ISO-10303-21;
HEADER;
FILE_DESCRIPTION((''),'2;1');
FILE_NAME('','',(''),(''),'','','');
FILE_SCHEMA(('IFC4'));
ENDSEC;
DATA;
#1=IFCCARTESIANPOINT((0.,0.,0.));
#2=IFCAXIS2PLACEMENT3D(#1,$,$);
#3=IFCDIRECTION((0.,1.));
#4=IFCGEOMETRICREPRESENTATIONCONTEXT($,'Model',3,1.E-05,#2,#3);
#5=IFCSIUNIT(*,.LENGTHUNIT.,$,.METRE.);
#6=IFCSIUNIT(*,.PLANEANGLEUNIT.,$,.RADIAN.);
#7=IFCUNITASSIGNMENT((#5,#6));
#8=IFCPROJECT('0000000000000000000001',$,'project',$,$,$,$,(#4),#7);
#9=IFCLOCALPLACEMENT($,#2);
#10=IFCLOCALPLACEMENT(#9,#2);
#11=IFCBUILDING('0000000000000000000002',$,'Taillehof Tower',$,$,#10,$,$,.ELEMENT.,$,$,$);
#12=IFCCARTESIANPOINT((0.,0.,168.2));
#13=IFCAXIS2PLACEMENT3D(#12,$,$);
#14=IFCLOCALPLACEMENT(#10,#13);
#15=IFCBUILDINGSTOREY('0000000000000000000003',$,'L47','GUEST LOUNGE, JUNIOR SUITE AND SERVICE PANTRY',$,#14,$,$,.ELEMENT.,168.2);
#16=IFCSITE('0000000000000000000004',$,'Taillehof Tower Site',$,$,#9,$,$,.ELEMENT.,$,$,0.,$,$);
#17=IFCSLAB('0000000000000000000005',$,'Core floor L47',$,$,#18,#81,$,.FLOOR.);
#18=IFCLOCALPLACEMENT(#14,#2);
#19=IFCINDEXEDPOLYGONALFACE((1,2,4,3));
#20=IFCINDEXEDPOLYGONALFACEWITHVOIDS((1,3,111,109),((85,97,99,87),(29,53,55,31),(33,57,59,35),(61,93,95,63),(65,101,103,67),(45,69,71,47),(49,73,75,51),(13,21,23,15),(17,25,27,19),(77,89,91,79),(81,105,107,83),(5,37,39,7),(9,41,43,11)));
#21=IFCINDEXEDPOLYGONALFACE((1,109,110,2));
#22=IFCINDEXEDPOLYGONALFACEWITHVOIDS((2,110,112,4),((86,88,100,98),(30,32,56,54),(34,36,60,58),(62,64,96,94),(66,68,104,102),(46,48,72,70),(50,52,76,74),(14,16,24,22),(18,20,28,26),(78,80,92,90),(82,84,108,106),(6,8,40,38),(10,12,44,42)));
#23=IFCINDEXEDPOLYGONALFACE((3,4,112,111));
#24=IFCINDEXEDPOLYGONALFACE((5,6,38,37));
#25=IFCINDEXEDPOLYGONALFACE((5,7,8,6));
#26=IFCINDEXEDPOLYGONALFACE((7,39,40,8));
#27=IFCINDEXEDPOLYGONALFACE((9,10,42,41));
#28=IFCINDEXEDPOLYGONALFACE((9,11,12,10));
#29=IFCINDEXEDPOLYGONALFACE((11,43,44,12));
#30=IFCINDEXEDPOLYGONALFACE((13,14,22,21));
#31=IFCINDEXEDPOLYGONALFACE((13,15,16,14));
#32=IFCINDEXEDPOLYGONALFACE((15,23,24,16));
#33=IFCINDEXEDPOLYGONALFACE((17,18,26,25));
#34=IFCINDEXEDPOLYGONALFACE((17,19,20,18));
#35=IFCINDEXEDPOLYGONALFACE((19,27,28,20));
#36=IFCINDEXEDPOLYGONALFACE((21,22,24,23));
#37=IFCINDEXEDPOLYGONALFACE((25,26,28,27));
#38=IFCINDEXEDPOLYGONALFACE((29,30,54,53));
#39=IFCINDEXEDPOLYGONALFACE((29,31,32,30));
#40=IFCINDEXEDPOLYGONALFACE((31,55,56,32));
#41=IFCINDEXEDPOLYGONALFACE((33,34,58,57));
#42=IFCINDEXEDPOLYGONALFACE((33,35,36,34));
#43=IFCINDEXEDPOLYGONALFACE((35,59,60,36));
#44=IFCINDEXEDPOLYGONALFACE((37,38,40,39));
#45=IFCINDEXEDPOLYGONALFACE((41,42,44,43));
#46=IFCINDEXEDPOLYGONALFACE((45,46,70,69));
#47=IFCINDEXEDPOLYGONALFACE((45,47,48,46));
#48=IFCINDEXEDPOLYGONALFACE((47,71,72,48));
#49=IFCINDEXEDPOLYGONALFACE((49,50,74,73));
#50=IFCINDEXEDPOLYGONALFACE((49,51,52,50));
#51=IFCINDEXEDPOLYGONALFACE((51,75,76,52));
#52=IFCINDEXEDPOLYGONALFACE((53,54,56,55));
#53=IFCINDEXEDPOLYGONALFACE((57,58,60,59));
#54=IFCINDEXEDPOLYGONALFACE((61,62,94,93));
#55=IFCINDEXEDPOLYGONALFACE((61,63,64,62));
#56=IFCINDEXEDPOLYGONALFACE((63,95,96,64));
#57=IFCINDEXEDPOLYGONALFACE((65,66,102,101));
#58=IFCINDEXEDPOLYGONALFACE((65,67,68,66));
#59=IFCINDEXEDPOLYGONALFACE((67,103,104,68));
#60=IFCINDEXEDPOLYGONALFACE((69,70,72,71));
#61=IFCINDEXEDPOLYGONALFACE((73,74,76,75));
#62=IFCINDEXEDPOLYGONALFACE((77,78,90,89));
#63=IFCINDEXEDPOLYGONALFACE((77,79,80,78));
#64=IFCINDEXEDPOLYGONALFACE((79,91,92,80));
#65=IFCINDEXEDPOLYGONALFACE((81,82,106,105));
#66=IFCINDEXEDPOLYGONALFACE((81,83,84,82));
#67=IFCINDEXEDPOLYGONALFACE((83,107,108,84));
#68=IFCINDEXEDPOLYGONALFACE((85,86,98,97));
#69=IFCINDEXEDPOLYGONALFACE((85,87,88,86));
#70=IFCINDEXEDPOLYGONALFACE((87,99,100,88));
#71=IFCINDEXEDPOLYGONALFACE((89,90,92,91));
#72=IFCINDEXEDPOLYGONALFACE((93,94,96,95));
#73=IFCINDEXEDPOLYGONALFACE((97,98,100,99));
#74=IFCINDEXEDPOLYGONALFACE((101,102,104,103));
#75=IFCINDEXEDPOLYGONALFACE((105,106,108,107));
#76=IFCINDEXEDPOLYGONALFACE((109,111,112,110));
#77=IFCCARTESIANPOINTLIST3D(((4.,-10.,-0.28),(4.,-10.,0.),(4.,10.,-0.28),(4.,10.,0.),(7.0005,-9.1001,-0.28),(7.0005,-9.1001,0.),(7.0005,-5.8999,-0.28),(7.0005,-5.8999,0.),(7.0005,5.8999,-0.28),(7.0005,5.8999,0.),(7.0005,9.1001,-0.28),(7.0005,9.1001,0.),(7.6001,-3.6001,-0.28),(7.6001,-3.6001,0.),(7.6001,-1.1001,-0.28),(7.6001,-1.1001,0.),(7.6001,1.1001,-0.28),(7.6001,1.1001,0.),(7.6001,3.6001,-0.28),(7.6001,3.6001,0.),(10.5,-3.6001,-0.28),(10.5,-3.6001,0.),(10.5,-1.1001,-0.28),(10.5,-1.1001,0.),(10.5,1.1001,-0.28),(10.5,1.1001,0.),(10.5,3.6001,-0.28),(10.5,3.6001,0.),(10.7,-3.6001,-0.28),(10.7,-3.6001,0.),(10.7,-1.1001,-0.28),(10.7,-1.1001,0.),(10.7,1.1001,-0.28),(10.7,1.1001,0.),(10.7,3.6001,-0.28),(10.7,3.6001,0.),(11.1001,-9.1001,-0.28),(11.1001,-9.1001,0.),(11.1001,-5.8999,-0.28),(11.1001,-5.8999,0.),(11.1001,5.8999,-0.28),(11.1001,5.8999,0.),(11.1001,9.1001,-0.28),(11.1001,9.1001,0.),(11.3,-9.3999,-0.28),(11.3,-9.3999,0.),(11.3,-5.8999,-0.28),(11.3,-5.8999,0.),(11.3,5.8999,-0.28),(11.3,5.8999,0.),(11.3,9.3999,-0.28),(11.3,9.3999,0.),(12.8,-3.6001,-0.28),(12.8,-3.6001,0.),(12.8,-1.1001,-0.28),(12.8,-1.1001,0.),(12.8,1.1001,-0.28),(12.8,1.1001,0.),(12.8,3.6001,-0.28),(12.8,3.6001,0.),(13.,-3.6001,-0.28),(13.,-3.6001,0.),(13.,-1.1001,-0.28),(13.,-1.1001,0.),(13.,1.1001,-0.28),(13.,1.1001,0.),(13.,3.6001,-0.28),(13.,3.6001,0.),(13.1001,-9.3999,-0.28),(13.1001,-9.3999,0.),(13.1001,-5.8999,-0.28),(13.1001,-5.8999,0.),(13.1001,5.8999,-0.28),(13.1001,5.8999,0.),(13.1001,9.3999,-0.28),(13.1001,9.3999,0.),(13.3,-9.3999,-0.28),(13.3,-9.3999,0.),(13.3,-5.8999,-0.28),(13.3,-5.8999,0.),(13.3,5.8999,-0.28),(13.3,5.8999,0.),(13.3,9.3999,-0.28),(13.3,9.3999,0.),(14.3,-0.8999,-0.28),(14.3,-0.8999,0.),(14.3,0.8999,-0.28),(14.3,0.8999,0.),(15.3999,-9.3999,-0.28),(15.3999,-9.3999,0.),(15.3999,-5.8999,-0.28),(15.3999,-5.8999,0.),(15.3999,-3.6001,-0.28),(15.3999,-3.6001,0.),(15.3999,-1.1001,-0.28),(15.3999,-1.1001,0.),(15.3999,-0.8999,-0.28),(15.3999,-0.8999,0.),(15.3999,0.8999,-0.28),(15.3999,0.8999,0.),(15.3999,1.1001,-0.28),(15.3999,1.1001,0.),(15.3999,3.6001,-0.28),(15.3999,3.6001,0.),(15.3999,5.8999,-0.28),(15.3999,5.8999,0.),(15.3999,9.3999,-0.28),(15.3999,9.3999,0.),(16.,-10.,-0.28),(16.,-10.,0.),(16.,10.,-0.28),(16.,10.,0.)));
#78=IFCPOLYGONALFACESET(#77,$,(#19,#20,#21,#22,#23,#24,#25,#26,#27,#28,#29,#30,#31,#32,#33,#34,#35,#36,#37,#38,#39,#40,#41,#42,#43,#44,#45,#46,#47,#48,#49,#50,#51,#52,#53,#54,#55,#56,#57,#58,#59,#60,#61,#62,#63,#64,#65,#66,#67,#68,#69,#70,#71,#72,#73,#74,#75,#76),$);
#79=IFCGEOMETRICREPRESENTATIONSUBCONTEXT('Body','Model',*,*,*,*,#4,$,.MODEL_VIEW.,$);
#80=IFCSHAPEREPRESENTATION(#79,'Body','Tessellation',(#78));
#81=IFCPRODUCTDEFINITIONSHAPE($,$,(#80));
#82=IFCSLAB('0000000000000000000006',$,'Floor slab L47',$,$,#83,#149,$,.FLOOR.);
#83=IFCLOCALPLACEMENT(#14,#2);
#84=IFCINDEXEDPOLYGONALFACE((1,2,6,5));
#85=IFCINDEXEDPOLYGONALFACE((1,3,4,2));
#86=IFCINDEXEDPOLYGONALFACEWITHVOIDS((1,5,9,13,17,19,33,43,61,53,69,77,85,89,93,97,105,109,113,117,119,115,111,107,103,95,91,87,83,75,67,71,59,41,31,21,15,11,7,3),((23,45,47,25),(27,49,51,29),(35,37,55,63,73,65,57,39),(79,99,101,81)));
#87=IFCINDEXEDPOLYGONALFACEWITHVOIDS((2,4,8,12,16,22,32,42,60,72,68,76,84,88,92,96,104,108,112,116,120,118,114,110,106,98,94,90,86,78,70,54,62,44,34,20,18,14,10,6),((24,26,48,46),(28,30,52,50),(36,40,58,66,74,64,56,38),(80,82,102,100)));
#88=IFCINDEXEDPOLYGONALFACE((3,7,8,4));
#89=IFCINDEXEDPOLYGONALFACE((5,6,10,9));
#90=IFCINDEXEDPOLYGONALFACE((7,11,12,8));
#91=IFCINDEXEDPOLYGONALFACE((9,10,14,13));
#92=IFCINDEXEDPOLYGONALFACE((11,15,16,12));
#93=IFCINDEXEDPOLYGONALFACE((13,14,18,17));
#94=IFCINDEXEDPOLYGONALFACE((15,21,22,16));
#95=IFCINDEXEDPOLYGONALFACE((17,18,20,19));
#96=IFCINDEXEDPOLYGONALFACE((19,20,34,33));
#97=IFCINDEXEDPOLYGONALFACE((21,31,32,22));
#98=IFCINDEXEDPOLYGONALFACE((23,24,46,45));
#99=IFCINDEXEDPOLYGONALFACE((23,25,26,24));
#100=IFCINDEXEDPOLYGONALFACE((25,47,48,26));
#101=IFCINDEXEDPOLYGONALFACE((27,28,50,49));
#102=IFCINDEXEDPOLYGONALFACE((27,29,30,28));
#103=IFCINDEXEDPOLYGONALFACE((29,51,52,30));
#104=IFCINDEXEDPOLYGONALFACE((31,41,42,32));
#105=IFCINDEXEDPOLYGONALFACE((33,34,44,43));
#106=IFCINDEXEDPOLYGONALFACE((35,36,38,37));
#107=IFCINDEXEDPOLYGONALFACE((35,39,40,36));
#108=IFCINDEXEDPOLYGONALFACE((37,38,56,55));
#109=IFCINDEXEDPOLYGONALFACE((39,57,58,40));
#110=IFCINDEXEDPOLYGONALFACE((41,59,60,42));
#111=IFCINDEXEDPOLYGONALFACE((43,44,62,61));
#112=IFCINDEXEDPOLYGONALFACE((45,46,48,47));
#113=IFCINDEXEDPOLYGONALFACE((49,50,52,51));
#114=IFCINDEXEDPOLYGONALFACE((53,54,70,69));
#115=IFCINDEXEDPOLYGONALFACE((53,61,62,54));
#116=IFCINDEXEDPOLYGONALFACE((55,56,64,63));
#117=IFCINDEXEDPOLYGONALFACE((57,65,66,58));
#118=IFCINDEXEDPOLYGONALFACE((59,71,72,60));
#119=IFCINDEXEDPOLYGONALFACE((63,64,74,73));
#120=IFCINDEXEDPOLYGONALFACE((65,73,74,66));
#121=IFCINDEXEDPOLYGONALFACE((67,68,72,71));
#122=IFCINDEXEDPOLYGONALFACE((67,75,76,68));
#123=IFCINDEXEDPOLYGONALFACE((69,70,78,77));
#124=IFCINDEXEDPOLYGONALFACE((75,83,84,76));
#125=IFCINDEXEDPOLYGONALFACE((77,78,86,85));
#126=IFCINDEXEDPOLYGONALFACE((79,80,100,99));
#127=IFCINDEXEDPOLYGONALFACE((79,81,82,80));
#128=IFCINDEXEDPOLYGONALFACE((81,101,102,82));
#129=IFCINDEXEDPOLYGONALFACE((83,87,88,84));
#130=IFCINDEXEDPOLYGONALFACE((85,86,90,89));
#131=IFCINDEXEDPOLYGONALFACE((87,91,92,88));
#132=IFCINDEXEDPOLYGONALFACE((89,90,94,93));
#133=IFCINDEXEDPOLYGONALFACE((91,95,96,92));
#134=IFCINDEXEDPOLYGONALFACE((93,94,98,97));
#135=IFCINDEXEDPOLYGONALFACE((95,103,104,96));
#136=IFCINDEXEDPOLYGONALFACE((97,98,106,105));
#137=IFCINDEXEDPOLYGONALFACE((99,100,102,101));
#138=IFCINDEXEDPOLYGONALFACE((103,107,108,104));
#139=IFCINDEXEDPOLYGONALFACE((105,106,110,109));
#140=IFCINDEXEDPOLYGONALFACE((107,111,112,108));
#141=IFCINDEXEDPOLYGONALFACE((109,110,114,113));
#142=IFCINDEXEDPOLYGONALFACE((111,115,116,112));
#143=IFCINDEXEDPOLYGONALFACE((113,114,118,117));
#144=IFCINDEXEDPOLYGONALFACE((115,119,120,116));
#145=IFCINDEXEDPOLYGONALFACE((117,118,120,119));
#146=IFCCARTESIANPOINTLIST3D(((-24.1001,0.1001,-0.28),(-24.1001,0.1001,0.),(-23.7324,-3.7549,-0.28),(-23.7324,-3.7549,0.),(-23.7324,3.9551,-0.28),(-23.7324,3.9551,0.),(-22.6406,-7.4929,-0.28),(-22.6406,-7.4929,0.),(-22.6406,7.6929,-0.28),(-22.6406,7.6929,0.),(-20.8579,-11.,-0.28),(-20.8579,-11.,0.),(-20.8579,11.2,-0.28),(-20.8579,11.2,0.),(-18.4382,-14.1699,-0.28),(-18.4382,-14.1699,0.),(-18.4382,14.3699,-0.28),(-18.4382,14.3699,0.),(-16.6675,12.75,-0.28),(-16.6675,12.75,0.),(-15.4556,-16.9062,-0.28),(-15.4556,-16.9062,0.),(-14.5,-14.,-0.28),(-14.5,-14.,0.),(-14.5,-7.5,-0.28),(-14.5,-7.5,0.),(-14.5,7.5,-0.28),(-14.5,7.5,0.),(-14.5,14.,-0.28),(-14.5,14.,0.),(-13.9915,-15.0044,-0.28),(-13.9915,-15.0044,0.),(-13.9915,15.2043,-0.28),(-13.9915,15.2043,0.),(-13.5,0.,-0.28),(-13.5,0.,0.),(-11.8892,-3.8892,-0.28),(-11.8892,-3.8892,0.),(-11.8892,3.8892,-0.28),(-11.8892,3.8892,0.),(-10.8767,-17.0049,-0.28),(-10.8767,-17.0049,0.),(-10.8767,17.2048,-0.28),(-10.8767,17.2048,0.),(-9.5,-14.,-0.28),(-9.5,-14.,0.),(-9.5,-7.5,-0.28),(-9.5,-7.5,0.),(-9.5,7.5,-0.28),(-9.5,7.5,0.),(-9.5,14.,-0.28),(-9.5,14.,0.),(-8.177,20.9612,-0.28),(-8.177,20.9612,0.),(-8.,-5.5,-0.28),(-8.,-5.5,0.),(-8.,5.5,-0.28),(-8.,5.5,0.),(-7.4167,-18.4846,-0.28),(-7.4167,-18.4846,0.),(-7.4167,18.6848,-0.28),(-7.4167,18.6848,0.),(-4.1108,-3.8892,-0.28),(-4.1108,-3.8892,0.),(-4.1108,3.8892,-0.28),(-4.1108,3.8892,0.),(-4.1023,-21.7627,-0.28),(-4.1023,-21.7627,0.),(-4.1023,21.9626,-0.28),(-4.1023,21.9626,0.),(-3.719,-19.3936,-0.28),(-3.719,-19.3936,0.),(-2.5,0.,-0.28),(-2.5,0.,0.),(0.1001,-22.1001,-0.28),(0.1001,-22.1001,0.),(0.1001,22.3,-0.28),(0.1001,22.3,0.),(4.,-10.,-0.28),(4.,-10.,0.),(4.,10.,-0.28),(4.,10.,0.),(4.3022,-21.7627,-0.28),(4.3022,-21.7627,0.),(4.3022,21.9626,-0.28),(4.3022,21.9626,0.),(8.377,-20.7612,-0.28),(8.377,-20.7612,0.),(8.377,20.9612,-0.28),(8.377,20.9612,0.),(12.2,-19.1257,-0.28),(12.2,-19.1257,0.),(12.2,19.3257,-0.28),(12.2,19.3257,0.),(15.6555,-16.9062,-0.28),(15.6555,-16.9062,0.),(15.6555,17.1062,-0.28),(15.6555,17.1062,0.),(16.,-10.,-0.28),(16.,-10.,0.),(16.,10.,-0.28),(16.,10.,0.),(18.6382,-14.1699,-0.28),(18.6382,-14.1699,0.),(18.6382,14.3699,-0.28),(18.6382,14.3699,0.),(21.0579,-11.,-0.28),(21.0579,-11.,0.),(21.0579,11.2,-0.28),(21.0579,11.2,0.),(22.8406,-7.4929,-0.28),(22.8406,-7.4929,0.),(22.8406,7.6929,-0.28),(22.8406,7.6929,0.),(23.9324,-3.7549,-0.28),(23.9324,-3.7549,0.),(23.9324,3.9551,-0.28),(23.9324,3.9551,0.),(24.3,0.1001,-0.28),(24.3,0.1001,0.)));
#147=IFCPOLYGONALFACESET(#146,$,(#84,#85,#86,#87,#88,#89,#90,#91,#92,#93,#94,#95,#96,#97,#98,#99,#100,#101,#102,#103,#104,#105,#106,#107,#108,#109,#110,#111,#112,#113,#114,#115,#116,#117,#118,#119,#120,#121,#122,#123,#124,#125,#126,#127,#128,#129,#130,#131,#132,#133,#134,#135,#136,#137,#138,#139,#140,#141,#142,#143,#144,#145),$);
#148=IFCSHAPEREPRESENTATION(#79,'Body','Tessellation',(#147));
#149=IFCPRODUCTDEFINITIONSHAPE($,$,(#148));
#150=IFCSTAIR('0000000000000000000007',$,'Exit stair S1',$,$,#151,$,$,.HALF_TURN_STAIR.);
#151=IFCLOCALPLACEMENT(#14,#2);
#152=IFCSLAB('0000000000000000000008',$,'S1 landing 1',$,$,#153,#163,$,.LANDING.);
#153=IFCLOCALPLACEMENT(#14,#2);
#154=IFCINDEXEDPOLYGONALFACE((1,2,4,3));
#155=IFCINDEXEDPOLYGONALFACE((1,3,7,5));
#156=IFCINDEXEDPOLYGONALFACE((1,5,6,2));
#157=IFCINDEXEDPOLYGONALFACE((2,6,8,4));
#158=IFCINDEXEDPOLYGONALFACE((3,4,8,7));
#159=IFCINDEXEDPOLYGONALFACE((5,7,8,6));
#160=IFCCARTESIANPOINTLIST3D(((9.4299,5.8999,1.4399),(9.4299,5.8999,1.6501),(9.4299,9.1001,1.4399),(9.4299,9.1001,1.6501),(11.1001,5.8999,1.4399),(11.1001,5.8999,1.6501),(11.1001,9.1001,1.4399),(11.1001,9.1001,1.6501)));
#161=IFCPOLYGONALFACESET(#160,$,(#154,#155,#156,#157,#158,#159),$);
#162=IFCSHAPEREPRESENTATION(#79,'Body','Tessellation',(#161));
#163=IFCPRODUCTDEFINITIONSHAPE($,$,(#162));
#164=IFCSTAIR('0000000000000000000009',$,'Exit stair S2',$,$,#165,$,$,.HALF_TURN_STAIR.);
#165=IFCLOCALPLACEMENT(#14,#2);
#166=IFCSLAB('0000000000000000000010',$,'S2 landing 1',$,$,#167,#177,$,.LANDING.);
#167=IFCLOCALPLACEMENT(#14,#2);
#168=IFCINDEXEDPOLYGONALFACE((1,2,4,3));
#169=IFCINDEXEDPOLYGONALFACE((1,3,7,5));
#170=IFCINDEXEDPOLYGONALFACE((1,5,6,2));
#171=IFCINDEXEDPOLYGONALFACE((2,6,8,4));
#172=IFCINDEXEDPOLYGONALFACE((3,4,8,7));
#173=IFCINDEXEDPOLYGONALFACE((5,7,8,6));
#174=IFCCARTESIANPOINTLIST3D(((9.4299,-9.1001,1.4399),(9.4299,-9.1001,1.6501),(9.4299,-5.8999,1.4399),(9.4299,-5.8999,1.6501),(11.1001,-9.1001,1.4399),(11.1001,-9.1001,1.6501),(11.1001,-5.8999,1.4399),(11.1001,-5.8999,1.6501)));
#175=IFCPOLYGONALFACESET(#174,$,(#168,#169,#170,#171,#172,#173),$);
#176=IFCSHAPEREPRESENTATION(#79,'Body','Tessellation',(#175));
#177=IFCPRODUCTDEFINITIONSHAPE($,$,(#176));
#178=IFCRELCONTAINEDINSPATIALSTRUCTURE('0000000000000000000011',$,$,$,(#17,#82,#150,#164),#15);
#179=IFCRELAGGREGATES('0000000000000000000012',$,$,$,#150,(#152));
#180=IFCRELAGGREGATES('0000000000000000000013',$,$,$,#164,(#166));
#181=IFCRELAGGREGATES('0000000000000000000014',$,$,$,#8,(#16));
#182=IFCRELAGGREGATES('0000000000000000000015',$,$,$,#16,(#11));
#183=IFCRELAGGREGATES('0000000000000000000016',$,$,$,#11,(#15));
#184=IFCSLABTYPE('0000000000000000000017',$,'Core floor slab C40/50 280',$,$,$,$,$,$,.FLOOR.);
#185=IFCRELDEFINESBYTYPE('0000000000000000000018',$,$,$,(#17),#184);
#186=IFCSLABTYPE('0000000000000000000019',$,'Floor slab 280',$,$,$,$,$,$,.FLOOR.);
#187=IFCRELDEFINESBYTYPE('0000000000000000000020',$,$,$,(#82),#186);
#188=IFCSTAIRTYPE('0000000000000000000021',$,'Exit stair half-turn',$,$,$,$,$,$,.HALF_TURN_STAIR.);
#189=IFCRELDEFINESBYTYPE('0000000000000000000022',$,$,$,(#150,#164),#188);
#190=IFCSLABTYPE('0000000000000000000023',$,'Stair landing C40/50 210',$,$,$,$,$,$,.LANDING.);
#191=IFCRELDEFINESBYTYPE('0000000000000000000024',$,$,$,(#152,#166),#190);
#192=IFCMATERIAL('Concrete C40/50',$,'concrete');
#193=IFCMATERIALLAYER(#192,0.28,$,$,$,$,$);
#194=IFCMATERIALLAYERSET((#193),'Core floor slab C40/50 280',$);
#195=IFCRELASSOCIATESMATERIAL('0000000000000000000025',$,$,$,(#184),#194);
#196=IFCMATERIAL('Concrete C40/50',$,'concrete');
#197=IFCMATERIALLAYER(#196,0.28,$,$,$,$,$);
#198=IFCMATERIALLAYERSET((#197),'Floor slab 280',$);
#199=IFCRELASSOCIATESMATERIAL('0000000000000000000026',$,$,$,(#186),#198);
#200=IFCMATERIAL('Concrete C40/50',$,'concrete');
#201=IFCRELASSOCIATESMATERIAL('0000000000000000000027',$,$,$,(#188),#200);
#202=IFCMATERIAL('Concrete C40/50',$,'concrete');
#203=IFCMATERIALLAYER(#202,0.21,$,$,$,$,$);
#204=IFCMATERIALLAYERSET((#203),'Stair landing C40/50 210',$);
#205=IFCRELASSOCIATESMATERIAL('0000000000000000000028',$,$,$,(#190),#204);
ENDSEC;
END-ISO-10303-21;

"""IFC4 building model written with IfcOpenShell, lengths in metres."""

from ifc_helpers import new_model, si_unit, direction, frame, origin, place, context, subcontext, project, spatial, polyline, outline, extrude, material, layer, layer_set, type_object, element, aggregate, save


model = new_model("IFC4")

# Units and contexts
model_context = context("Model", 3, precision=1e-05, world=origin(), true_north=direction((0.0, 1.0)))
body_context = subcontext(model_context, "Body", "Model", "MODEL_VIEW")
ifc_project = project(units=[si_unit("LENGTHUNIT", "METRE"), si_unit("PLANEANGLEUNIT", "RADIAN")], contexts=[model_context])

# Site, building, storey
site_placement = place(None, origin())
site = spatial("IfcSite", under=ifc_project, at=site_placement, Name="Taillehof Tower Site", CompositionType="ELEMENT", RefElevation=0.0)
building_placement = place(site_placement, origin())
building = spatial("IfcBuilding", under=site, at=building_placement, Name="Taillehof Tower", CompositionType="ELEMENT")
storey_placement = place(building_placement, frame((0.0, 0.0, 168.2)))
storey = spatial("IfcBuildingStorey", under=building, at=storey_placement, Name="L47", Description="GUEST LOUNGE, JUNIOR SUITE AND SERVICE PANTRY", CompositionType="ELEMENT", Elevation=168.2)

# Slabs
ifc_material_1 = material(Name="Concrete C40/50", Category="concrete")
ifc_layer_1 = layer(ifc_material_1, 0.28)
ifc_layer_set_1 = layer_set([ifc_layer_1], Name="Core floor slab C40/50 280")
slab_type_1 = type_object("IfcSlabType", Name="Core floor slab C40/50 280", PredefinedType="FLOOR", material=ifc_layer_set_1)
slab_1_placement = place(storey_placement, frame((0.0, 0.0, -0.28)))
element("IfcSlab", 1, at=slab_1_placement, inside=storey, type_object=slab_type_1, Name="Core floor L47", PredefinedType="FLOOR", context=body_context, shape_type="SweptSolid", body=[
    extrude(outline(polyline([(4.0, -10.0), (4.0, 10.0), (16.0, 10.0), (16.0, -10.0), (4.0, -10.0)]), holes=[polyline([(11.1001, -9.1001), (11.1001, -5.8999), (7.0005, -5.8999), (7.0005, -9.1001), (11.1001, -9.1001)]), polyline([(10.5, -3.6001), (10.5, -1.1001), (7.6001, -1.1001), (7.6001, -3.6001), (10.5, -3.6001)]), polyline([(12.8, -3.6001), (12.8, -1.1001), (10.7, -1.1001), (10.7, -3.6001), (12.8, -3.6001)]), polyline([(10.5, 3.6001), (7.6001, 3.6001), (7.6001, 1.1001), (10.5, 1.1001), (10.5, 3.6001)]), polyline([(12.8, 1.1001), (12.8, 3.6001), (10.7, 3.6001), (10.7, 1.1001), (12.8, 1.1001)]), polyline([(11.1001, 5.8999), (11.1001, 9.1001), (7.0005, 9.1001), (7.0005, 5.8999), (11.1001, 5.8999)]), polyline([(13.1001, 9.3999), (11.3, 9.3999), (11.3, 5.8999), (13.1001, 5.8999), (13.1001, 9.3999)]), polyline([(13.1001, -9.3999), (13.1001, -5.8999), (11.3, -5.8999), (11.3, -9.3999), (13.1001, -9.3999)]), polyline([(15.3999, -9.3999), (15.3999, -5.8999), (13.3, -5.8999), (13.3, -9.3999), (15.3999, -9.3999)]), polyline([(15.3999, -3.6001), (15.3999, -1.1001), (13.0, -1.1001), (13.0, -3.6001), (15.3999, -3.6001)]), polyline([(15.3999, -0.8999), (15.3999, 0.8999), (14.3, 0.8999), (14.3, -0.8999), (15.3999, -0.8999)]), polyline([(15.3999, 1.1001), (15.3999, 3.6001), (13.0, 3.6001), (13.0, 1.1001), (15.3999, 1.1001)]), polyline([(15.3999, 5.8999), (15.3999, 9.3999), (13.3, 9.3999), (13.3, 5.8999), (15.3999, 5.8999)])]), origin(), (0.0, 0.0, 1.0), 0.28),
])
ifc_material_2 = material(Name="Concrete C40/50", Category="concrete")
ifc_layer_2 = layer(ifc_material_2, 0.28)
ifc_layer_set_2 = layer_set([ifc_layer_2], Name="Floor slab 280")
slab_type_2 = type_object("IfcSlabType", Name="Floor slab 280", PredefinedType="FLOOR", material=ifc_layer_set_2)
slab_2_placement = place(storey_placement, frame((0.0, 0.0, -0.28)))
element("IfcSlab", 2, at=slab_2_placement, inside=storey, type_object=slab_type_2, Name="Floor slab L47", PredefinedType="FLOOR", context=body_context, shape_type="SweptSolid", body=[
    extrude(outline(polyline([(24.3, 0.1001), (23.9324, 3.9551), (22.8406, 7.6929), (21.0579, 11.2), (18.6382, 14.3699), (15.6555, 17.1062), (12.2, 19.3257), (8.377, 20.9612), (4.3022, 21.9626), (0.1001, 22.3), (-4.1023, 21.9626), (-8.177, 20.9612), (-7.4167, 18.6848), (-10.8767, 17.2048), (-13.9915, 15.2043), (-16.6675, 12.75), (-18.4382, 14.3699), (-20.8579, 11.2), (-22.6406, 7.6929), (-23.7324, 3.9551), (-24.1001, 0.1001), (-23.7324, -3.7549), (-22.6406, -7.4929), (-20.8579, -11.0), (-18.4382, -14.1699), (-15.4556, -16.9062), (-13.9915, -15.0044), (-10.8767, -17.0049), (-7.4167, -18.4846), (-3.719, -19.3936), (-4.1023, -21.7627), (0.1001, -22.1001), (4.3022, -21.7627), (8.377, -20.7612), (12.2, -19.1257), (15.6555, -16.9062), (18.6382, -14.1699), (21.0579, -11.0), (22.8406, -7.4929), (23.9324, -3.7549), (24.3, 0.1001)]), holes=[polyline([(-14.5, -7.5), (-9.5, -7.5), (-9.5, -14.0), (-14.5, -14.0), (-14.5, -7.5)]), polyline([(-8.0, -5.5), (-11.8892, -3.8892), (-13.5, 0.0), (-11.8892, 3.8892), (-8.0, 5.5), (-4.1108, 3.8892), (-2.5, 0.0), (-4.1108, -3.8892), (-8.0, -5.5)]), polyline([(16.0, 10.0), (16.0, -10.0), (4.0, -10.0), (4.0, 10.0), (16.0, 10.0)]), polyline([(-14.5, 14.0), (-9.5, 14.0), (-9.5, 7.5), (-14.5, 7.5), (-14.5, 14.0)])]), origin(), (0.0, 0.0, 1.0), 0.28),
])

# Stairs, slabs
ifc_material_3 = material(Name="Concrete C40/50", Category="concrete")
stair_type = type_object("IfcStairType", Name="Exit stair half-turn", PredefinedType="HALF_TURN_STAIR", material=ifc_material_3)
stair_1_placement = place(storey_placement, origin())
stair_1 = element("IfcStair", 3, at=stair_1_placement, inside=storey, type_object=stair_type, Name="Exit stair S1", PredefinedType="HALF_TURN_STAIR")
ifc_material_4 = material(Name="Concrete C40/50", Category="concrete")
ifc_layer_3 = layer(ifc_material_4, 0.21)
ifc_layer_set_3 = layer_set([ifc_layer_3], Name="Stair landing C40/50 210")
slab_type_3 = type_object("IfcSlabType", Name="Stair landing C40/50 210", PredefinedType="LANDING", material=ifc_layer_set_3)
slab_3_placement = place(storey_placement, frame((0.0, 0.0, 1.4399)))
slab_3 = element("IfcSlab", 4, at=slab_3_placement, type_object=slab_type_3, Name="S1 landing 1", PredefinedType="LANDING", context=body_context, shape_type="SweptSolid", body=[
    extrude(outline(polyline([(9.4299, 5.8999), (11.1001, 5.8999), (11.1001, 9.1001), (9.4299, 9.1001), (9.4299, 5.8999)])), origin(), (0.0, 0.0, 1.0), 0.2102),
])
aggregate(stair_1, [slab_3])
stair_2_placement = place(storey_placement, origin())
stair_2 = element("IfcStair", 5, at=stair_2_placement, inside=storey, type_object=stair_type, Name="Exit stair S2", PredefinedType="HALF_TURN_STAIR")
slab_4_placement = place(storey_placement, frame((0.0, 0.0, 1.4399)))
slab_4 = element("IfcSlab", 6, at=slab_4_placement, type_object=slab_type_3, Name="S2 landing 1", PredefinedType="LANDING", context=body_context, shape_type="SweptSolid", body=[
    extrude(outline(polyline([(9.4299, -5.8999), (11.1001, -5.8999), (11.1001, -9.1001), (9.4299, -9.1001), (9.4299, -5.8999)])), origin(), (0.0, 0.0, 1.0), 0.2102),
])

aggregate(stair_2, [slab_4])

save(model, "model.ifc")
